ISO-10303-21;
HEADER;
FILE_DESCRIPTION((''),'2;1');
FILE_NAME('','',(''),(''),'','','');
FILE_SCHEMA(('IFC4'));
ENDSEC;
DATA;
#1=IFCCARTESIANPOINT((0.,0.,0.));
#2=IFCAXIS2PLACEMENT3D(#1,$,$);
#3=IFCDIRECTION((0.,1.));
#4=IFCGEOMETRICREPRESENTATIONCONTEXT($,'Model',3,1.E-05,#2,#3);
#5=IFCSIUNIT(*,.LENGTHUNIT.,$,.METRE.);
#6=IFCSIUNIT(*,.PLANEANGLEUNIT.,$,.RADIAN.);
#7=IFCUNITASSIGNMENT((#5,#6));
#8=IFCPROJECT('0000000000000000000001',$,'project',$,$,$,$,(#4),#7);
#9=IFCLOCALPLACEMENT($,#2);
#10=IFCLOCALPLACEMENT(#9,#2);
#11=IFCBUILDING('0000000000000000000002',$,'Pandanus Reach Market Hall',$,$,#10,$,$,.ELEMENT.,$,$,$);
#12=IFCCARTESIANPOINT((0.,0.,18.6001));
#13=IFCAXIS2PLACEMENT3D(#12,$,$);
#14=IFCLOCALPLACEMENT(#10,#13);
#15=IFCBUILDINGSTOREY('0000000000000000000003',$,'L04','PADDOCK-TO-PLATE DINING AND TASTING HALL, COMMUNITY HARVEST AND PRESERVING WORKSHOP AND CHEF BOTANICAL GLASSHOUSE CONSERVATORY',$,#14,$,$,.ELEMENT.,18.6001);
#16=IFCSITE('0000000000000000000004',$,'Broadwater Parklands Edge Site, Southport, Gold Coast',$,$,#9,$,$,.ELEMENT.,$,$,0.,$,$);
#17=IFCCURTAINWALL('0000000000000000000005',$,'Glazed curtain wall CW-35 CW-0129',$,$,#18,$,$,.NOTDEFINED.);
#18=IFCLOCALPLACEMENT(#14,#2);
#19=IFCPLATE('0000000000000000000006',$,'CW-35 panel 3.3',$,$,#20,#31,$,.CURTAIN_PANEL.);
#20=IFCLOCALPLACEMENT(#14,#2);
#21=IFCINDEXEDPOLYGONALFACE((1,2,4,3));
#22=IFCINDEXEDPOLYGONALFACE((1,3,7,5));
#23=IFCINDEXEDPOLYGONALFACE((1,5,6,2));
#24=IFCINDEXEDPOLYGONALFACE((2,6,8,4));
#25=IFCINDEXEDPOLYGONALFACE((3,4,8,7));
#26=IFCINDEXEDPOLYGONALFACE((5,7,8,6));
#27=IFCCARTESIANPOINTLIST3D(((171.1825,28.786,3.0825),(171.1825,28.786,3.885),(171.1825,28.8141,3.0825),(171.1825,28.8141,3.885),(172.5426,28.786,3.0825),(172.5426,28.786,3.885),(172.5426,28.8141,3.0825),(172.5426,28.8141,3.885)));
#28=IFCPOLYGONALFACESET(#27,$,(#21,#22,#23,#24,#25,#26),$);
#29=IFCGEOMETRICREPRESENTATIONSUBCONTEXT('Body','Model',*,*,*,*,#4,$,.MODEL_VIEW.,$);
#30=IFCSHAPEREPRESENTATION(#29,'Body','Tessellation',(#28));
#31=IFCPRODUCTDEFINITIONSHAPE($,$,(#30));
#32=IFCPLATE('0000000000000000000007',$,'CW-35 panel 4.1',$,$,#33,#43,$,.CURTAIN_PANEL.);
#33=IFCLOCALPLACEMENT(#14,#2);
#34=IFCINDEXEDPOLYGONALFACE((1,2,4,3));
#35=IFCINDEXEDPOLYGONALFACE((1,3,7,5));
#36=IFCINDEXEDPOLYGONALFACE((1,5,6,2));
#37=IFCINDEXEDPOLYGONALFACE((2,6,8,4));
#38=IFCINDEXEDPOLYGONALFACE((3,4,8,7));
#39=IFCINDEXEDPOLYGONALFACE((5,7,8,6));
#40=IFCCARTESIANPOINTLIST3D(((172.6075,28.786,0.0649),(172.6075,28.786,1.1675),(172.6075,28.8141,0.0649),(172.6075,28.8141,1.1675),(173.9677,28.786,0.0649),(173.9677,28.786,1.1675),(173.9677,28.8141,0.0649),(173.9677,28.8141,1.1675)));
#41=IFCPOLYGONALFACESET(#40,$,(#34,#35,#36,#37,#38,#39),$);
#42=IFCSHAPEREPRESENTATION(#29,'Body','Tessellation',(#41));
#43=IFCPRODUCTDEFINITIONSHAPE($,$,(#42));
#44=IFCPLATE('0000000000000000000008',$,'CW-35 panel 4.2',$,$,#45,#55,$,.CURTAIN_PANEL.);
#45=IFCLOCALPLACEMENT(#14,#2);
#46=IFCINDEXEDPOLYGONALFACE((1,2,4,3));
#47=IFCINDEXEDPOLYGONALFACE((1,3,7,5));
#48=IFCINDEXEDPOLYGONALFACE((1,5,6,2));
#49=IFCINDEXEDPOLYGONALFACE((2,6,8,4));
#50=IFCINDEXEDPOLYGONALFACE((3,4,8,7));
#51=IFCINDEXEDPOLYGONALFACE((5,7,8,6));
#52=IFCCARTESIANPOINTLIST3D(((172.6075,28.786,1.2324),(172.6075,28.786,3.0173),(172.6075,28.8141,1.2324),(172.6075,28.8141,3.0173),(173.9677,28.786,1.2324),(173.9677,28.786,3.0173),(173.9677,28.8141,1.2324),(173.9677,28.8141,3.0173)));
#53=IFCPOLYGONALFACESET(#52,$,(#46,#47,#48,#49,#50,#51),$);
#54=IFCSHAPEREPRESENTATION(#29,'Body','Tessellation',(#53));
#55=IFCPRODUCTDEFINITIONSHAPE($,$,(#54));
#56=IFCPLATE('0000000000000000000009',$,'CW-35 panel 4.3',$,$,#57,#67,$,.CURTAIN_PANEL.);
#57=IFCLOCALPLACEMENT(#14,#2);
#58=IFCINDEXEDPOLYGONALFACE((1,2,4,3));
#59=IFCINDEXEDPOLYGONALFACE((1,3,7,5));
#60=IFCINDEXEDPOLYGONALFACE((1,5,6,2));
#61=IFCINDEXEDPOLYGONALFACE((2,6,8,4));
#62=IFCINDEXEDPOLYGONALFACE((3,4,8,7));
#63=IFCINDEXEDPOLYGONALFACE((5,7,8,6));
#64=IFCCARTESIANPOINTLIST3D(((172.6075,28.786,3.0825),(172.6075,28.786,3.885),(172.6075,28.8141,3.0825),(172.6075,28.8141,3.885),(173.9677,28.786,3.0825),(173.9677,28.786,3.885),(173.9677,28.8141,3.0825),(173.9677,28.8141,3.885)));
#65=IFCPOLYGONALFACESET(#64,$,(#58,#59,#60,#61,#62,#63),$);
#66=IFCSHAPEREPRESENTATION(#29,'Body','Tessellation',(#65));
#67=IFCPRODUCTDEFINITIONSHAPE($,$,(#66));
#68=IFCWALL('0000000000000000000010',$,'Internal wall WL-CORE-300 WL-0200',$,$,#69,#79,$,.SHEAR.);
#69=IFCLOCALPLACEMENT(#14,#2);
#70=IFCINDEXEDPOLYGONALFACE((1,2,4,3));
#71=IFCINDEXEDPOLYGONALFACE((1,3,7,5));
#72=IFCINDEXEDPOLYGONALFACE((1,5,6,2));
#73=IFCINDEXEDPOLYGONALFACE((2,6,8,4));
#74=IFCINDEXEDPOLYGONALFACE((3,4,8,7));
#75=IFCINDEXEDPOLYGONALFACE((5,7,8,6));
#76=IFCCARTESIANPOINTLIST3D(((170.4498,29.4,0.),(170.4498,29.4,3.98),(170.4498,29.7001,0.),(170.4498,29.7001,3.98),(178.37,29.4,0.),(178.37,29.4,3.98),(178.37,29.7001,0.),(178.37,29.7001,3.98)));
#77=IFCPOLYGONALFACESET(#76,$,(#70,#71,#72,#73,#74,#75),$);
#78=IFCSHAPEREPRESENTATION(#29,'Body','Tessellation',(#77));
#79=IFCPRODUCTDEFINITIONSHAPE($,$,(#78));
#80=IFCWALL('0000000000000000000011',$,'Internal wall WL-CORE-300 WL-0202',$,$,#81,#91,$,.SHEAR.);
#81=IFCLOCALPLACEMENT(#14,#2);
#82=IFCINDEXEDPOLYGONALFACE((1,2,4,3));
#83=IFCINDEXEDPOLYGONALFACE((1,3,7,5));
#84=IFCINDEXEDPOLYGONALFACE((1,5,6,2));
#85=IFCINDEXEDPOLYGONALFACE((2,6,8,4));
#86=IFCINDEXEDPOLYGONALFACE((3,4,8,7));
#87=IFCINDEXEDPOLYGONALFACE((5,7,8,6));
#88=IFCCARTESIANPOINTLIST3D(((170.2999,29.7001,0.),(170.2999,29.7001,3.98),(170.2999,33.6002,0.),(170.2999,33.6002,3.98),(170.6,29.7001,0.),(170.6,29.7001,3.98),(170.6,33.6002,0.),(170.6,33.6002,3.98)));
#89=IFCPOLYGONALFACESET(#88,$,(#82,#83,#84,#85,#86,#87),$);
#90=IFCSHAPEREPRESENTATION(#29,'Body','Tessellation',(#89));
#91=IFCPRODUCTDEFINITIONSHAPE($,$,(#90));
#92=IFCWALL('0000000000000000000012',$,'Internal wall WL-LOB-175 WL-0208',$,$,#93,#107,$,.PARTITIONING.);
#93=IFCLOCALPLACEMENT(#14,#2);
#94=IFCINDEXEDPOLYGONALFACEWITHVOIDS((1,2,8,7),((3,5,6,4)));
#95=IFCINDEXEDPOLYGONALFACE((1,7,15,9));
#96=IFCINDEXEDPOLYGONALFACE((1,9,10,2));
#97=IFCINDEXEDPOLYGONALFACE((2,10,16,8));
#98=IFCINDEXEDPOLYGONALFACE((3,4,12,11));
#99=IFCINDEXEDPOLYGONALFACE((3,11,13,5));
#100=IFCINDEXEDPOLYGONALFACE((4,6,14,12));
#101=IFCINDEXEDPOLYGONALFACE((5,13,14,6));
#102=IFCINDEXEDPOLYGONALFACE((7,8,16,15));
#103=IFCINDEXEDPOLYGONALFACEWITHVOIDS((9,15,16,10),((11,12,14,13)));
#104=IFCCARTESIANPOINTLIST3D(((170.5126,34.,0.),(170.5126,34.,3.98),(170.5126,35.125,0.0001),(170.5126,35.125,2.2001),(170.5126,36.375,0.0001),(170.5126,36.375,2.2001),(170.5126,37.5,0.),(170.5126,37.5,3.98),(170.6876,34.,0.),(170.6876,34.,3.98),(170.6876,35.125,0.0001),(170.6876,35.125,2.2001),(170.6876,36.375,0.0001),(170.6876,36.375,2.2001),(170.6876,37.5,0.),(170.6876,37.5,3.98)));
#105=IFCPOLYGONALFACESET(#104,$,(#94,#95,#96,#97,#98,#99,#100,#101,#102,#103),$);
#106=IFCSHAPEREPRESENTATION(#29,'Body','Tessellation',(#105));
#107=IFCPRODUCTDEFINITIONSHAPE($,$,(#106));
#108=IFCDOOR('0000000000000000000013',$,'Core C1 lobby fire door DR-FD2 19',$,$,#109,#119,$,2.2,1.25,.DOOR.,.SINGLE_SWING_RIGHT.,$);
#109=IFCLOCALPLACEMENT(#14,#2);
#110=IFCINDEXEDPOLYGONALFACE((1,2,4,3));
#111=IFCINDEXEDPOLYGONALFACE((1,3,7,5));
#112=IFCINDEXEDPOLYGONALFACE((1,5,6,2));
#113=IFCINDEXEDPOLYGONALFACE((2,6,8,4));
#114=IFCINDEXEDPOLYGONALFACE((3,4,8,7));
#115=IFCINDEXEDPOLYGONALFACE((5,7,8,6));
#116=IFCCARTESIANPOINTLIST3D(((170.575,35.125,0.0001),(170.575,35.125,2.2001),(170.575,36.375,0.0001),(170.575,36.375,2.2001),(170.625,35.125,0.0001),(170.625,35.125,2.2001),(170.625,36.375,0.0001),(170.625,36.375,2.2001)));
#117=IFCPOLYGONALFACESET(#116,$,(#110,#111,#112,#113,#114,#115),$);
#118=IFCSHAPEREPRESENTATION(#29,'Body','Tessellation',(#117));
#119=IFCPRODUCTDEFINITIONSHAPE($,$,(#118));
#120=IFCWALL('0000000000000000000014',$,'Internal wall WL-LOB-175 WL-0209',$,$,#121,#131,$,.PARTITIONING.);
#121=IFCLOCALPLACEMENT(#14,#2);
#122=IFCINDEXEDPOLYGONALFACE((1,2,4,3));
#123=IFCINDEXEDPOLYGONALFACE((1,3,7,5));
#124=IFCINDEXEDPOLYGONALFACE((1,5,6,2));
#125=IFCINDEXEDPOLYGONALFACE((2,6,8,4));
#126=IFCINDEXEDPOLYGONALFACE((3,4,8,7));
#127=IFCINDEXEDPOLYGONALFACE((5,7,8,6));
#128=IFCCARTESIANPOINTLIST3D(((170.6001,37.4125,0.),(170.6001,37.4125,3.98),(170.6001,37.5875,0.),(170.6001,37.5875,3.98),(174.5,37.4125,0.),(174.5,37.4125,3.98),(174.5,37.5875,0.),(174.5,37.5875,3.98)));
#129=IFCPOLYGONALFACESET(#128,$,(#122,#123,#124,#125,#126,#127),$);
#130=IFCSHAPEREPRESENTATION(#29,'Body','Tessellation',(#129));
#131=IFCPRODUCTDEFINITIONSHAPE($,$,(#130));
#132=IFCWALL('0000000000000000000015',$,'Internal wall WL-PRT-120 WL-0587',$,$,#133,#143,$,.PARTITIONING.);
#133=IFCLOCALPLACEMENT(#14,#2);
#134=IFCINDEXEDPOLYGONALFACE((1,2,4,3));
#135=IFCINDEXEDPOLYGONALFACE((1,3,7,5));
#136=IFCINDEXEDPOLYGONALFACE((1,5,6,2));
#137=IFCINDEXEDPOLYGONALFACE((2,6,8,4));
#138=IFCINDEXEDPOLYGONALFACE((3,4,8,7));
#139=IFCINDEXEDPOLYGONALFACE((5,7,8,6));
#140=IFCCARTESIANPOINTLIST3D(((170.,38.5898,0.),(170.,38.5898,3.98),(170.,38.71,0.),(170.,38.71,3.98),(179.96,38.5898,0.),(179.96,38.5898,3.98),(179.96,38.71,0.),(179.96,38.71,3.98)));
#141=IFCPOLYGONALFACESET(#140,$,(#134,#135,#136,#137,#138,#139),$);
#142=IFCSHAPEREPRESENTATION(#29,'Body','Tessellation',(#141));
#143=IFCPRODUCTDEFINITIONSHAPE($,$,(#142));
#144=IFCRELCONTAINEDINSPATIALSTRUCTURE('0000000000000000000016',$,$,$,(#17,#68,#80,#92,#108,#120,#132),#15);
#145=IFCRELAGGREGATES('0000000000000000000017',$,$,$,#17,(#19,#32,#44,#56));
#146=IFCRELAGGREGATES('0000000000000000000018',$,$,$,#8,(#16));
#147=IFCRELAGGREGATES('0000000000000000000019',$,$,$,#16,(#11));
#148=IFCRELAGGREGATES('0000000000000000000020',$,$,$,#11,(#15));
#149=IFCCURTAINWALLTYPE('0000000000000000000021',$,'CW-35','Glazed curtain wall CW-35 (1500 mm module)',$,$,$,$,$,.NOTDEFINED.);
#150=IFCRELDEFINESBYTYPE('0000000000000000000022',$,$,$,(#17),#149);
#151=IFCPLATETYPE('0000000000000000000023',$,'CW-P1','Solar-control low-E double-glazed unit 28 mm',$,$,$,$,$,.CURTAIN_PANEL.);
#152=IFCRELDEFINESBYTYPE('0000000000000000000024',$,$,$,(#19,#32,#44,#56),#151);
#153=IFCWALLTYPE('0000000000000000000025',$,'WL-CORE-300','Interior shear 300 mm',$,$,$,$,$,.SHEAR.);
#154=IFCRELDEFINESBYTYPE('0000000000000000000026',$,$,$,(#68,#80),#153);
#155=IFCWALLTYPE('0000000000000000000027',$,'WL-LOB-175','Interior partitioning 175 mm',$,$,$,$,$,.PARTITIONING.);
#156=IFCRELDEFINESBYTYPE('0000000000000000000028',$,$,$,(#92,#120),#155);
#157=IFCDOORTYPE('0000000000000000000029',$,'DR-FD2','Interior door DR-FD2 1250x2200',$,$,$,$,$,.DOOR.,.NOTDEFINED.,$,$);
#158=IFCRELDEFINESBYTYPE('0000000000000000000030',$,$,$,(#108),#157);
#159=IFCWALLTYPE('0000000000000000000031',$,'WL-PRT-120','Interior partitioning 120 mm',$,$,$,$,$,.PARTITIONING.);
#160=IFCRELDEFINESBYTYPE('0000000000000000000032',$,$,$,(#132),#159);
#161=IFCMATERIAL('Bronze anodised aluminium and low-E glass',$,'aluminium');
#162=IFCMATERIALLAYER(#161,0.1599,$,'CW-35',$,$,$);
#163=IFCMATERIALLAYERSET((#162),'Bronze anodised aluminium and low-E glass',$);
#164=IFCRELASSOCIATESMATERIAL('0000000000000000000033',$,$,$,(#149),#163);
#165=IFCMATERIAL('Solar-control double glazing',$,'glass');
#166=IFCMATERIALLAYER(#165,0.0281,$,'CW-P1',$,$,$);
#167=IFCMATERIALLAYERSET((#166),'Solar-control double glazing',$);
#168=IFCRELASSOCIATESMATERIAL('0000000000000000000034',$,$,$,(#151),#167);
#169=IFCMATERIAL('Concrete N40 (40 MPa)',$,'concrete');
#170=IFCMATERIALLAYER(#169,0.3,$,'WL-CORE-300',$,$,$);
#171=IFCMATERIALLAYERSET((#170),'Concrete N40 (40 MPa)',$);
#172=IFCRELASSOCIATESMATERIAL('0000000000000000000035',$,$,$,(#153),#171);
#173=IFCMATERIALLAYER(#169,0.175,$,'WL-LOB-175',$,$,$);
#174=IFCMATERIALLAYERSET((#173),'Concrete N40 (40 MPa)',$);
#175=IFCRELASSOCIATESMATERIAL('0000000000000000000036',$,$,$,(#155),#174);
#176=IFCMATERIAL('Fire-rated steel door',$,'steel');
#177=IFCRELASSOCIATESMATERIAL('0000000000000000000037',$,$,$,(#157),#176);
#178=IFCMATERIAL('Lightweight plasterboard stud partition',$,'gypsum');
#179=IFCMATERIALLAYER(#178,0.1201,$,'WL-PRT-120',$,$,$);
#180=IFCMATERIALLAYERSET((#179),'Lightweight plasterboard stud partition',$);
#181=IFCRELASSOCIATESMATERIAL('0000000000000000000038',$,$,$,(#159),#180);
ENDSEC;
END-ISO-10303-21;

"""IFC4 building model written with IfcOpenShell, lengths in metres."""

from ifc_helpers import new_model, si_unit, direction, frame, frame_2d, origin, origin_2d, place, context, subcontext, project, spatial, rectangle, extrude, material, layer, layer_set, type_object, element, fill, aggregate, save


model = new_model("IFC4")

# Units and contexts
model_context = context("Model", 3, precision=1e-05, world=origin(), true_north=direction((0.0, 1.0)))
body_context = subcontext(model_context, "Body", "Model", "MODEL_VIEW")
ifc_project = project(units=[si_unit("LENGTHUNIT", "METRE"), si_unit("PLANEANGLEUNIT", "RADIAN")], contexts=[model_context])

# Site, building, storey
site_placement = place(None, origin())
site = spatial("IfcSite", under=ifc_project, at=site_placement, Name="Broadwater Parklands Edge Site, Southport, Gold Coast", CompositionType="ELEMENT", RefElevation=0.0)
building_placement = place(site_placement, origin())
building = spatial("IfcBuilding", under=site, at=building_placement, Name="Pandanus Reach Market Hall", CompositionType="ELEMENT")
storey_placement = place(building_placement, frame((0.0, 0.0, 18.6001)))
storey = spatial("IfcBuildingStorey", under=building, at=storey_placement, Name="L04", Description="PADDOCK-TO-PLATE DINING AND TASTING HALL, COMMUNITY HARVEST AND PRESERVING WORKSHOP AND CHEF BOTANICAL GLASSHOUSE CONSERVATORY", CompositionType="ELEMENT", Elevation=18.6001)

# Curtain wall
ifc_material_1 = material(Name="Bronze anodised aluminium and low-E glass", Category="aluminium")
ifc_layer_1 = layer(ifc_material_1, 0.1599, Name="CW-35")
ifc_layer_set_1 = layer_set([ifc_layer_1], Name="Bronze anodised aluminium and low-E glass")
curtain_wall_type = type_object("IfcCurtainWallType", Name="CW-35", Description="Glazed curtain wall CW-35 (1500 mm module)", PredefinedType="NOTDEFINED", material=ifc_layer_set_1)
curtain_wall_placement = place(storey_placement, origin())
curtain_wall = element("IfcCurtainWall", 1, at=curtain_wall_placement, inside=storey, type_object=curtain_wall_type, Name="Glazed curtain wall CW-35 CW-0129", PredefinedType="NOTDEFINED")

# Plates
ifc_material_2 = material(Name="Solar-control double glazing", Category="glass")
ifc_layer_2 = layer(ifc_material_2, 0.0281, Name="CW-P1")
ifc_layer_set_2 = layer_set([ifc_layer_2], Name="Solar-control double glazing")
plate_type = type_object("IfcPlateType", Name="CW-P1", Description="Solar-control low-E double-glazed unit 28 mm", PredefinedType="CURTAIN_PANEL", material=ifc_layer_set_2)
plate_1_placement = place(storey_placement, frame((171.8625, 28.8, 3.0825), z_axis=(0.0, 0.0, 1.0), x_axis=(1.0, 0.0, 0.0)))
plate_1 = element("IfcPlate", 2, at=plate_1_placement, type_object=plate_type, Name="CW-35 panel 3.3", PredefinedType="CURTAIN_PANEL", context=body_context, shape_type="SweptSolid", body=[
    extrude(rectangle(XDim=1.3601, YDim=0.0281, at=origin_2d()), origin(), (0.0, 0.0, 1.0), 0.8025),
])
plate_2_placement = place(storey_placement, frame((173.2876, 28.8, 0.0649), z_axis=(0.0, 0.0, 1.0), x_axis=(1.0, 0.0, 0.0)))
plate_2 = element("IfcPlate", 3, at=plate_2_placement, type_object=plate_type, Name="CW-35 panel 4.1", PredefinedType="CURTAIN_PANEL", context=body_context, shape_type="SweptSolid", body=[
    extrude(rectangle(XDim=1.3601, YDim=0.0281, at=origin_2d()), origin(), (0.0, 0.0, 1.0), 1.1025),
])
plate_3_placement = place(storey_placement, frame((173.2876, 28.8, 1.2324), z_axis=(0.0, 0.0, 1.0), x_axis=(1.0, 0.0, 0.0)))
plate_3 = element("IfcPlate", 4, at=plate_3_placement, type_object=plate_type, Name="CW-35 panel 4.2", PredefinedType="CURTAIN_PANEL", context=body_context, shape_type="SweptSolid", body=[
    extrude(rectangle(XDim=1.3601, YDim=0.0281, at=origin_2d()), origin(), (0.0, 0.0, 1.0), 1.7849),
])
plate_4_placement = place(storey_placement, frame((173.2876, 28.8, 3.0825), z_axis=(0.0, 0.0, 1.0), x_axis=(1.0, 0.0, 0.0)))
plate_4 = element("IfcPlate", 5, at=plate_4_placement, type_object=plate_type, Name="CW-35 panel 4.3", PredefinedType="CURTAIN_PANEL", context=body_context, shape_type="SweptSolid", body=[
    extrude(rectangle(XDim=1.3601, YDim=0.0281, at=origin_2d()), origin(), (0.0, 0.0, 1.0), 0.8025),
])
aggregate(curtain_wall, [plate_1, plate_2, plate_3, plate_4])

# Wall
ifc_material_3 = material(Name="Concrete N40 (40 MPa)", Category="concrete")
ifc_layer_3 = layer(ifc_material_3, 0.3, Name="WL-CORE-300")
ifc_layer_set_3 = layer_set([ifc_layer_3], Name="Concrete N40 (40 MPa)")
wall_type_1 = type_object("IfcWallType", Name="WL-CORE-300", Description="Interior shear 300 mm", PredefinedType="SHEAR", material=ifc_layer_set_3)
wall_1_placement = place(storey_placement, frame((170.45, 29.55, 0.0), z_axis=(0.0, 0.0, 1.0), x_axis=(1.0, 0.0, 0.0)))
element("IfcWall", 6, at=wall_1_placement, inside=storey, type_object=wall_type_1, Name="Internal wall WL-CORE-300 WL-0200", PredefinedType="SHEAR", context=body_context, shape_type="SweptSolid", body=[
    extrude(rectangle(XDim=7.9202, YDim=0.3, at=frame_2d((3.96, 0.0))), origin(), (0.0, 0.0, 1.0), 3.98),
])

# Shared definitions
ifc_material_4 = material(Name="Fire-rated steel door", Category="steel")

# Wall
wall_2_placement = place(storey_placement, frame((170.45, 29.7, 0.0), z_axis=(0.0, 0.0, 1.0), x_axis=(0.0, 1.0, 0.0)))
element("IfcWall", 7, at=wall_2_placement, inside=storey, type_object=wall_type_1, Name="Internal wall WL-CORE-300 WL-0202", PredefinedType="SHEAR", context=body_context, shape_type="SweptSolid", body=[
    extrude(rectangle(XDim=3.9001, YDim=0.3, at=frame_2d((1.9502, 0.0))), origin(), (0.0, 0.0, 1.0), 3.98),
])

# Wall, opening, door
ifc_layer_4 = layer(ifc_material_3, 0.175, Name="WL-LOB-175")
ifc_layer_set_4 = layer_set([ifc_layer_4], Name="Concrete N40 (40 MPa)")
wall_type_2 = type_object("IfcWallType", Name="WL-LOB-175", Description="Interior partitioning 175 mm", PredefinedType="PARTITIONING", material=ifc_layer_set_4)
wall_3_placement = place(storey_placement, frame((170.6001, 34.0, 0.0), z_axis=(0.0, 0.0, 1.0), x_axis=(0.0, 1.0, 0.0)))
wall_3 = element("IfcWall", 8, at=wall_3_placement, inside=storey, type_object=wall_type_2, Name="Internal wall WL-LOB-175 WL-0208", PredefinedType="PARTITIONING", context=body_context, shape_type="SweptSolid", body=[
    extrude(rectangle(XDim=3.5, YDim=0.175, at=frame_2d((1.75, 0.0))), origin(), (0.0, 0.0, 1.0), 3.98),
])
opening_1_placement = place(wall_3_placement, frame((1.125, 0.0, 0.0)))
opening_1 = element("IfcOpeningElement", 9, at=opening_1_placement, cuts=wall_3, PredefinedType="OPENING", context=body_context, shape_type="SweptSolid", body=[
    extrude(rectangle(XDim=1.25, YDim=2.2, at=frame_2d((0.625, 1.1001))), frame((0.0, 0.1025, 0.0), z_axis=(0.0, -1.0, 0.0), x_axis=(1.0, 0.0, 0.0)), (0.0, 0.0, 1.0), 0.2051),
])
door_type_1 = type_object("IfcDoorType", Name="DR-FD2", Description="Interior door DR-FD2 1250x2200", OperationType="NOTDEFINED", PredefinedType="DOOR", material=ifc_material_4)
door_1_placement = place(opening_1_placement, frame((1.25, 0.0, 0.0), z_axis=(0.0, 0.0, 1.0), x_axis=(-1.0, 0.0, 0.0)))
door_1 = element("IfcDoor", 10, at=door_1_placement, inside=storey, type_object=door_type_1, Name="Core C1 lobby fire door DR-FD2 19", OperationType="SINGLE_SWING_RIGHT", OverallHeight=2.2, OverallWidth=1.25, PredefinedType="DOOR", context=body_context, shape_type="SweptSolid", body=[
    extrude(rectangle(XDim=1.25, YDim=2.2, at=frame_2d((0.625, 1.1001))), frame((0.0, 0.0249, 0.0), z_axis=(0.0, -1.0, 0.0), x_axis=(1.0, 0.0, 0.0)), (0.0, 0.0, 1.0), 0.05),
])
fill(opening_1, door_1)

# Walls
wall_4_placement = place(storey_placement, frame((170.6001, 37.5, 0.0), z_axis=(0.0, 0.0, 1.0), x_axis=(1.0, 0.0, 0.0)))
element("IfcWall", 11, at=wall_4_placement, inside=storey, type_object=wall_type_2, Name="Internal wall WL-LOB-175 WL-0209", PredefinedType="PARTITIONING", context=body_context, shape_type="SweptSolid", body=[
    extrude(rectangle(XDim=3.8999, YDim=0.175, at=frame_2d((1.95, 0.0))), origin(), (0.0, 0.0, 1.0), 3.98),
])
ifc_material_5 = material(Name="Lightweight plasterboard stud partition", Category="gypsum")
ifc_layer_5 = layer(ifc_material_5, 0.1201, Name="WL-PRT-120")
ifc_layer_set_5 = layer_set([ifc_layer_5], Name="Lightweight plasterboard stud partition")
wall_type_3 = type_object("IfcWallType", Name="WL-PRT-120", Description="Interior partitioning 120 mm", PredefinedType="PARTITIONING", material=ifc_layer_set_5)
wall_5_placement = place(storey_placement, frame((170.0, 38.6499, 0.0), z_axis=(0.0, 0.0, 1.0), x_axis=(1.0, 0.0, 0.0)))
element("IfcWall", 12, at=wall_5_placement, inside=storey, type_object=wall_type_3, Name="Internal wall WL-PRT-120 WL-0587", PredefinedType="PARTITIONING", context=body_context, shape_type="SweptSolid", body=[
    extrude(rectangle(XDim=9.96, YDim=0.1201, at=frame_2d((4.98, 0.0))), origin(), (0.0, 0.0, 1.0), 3.98),
])

save(model, "model.ifc")
